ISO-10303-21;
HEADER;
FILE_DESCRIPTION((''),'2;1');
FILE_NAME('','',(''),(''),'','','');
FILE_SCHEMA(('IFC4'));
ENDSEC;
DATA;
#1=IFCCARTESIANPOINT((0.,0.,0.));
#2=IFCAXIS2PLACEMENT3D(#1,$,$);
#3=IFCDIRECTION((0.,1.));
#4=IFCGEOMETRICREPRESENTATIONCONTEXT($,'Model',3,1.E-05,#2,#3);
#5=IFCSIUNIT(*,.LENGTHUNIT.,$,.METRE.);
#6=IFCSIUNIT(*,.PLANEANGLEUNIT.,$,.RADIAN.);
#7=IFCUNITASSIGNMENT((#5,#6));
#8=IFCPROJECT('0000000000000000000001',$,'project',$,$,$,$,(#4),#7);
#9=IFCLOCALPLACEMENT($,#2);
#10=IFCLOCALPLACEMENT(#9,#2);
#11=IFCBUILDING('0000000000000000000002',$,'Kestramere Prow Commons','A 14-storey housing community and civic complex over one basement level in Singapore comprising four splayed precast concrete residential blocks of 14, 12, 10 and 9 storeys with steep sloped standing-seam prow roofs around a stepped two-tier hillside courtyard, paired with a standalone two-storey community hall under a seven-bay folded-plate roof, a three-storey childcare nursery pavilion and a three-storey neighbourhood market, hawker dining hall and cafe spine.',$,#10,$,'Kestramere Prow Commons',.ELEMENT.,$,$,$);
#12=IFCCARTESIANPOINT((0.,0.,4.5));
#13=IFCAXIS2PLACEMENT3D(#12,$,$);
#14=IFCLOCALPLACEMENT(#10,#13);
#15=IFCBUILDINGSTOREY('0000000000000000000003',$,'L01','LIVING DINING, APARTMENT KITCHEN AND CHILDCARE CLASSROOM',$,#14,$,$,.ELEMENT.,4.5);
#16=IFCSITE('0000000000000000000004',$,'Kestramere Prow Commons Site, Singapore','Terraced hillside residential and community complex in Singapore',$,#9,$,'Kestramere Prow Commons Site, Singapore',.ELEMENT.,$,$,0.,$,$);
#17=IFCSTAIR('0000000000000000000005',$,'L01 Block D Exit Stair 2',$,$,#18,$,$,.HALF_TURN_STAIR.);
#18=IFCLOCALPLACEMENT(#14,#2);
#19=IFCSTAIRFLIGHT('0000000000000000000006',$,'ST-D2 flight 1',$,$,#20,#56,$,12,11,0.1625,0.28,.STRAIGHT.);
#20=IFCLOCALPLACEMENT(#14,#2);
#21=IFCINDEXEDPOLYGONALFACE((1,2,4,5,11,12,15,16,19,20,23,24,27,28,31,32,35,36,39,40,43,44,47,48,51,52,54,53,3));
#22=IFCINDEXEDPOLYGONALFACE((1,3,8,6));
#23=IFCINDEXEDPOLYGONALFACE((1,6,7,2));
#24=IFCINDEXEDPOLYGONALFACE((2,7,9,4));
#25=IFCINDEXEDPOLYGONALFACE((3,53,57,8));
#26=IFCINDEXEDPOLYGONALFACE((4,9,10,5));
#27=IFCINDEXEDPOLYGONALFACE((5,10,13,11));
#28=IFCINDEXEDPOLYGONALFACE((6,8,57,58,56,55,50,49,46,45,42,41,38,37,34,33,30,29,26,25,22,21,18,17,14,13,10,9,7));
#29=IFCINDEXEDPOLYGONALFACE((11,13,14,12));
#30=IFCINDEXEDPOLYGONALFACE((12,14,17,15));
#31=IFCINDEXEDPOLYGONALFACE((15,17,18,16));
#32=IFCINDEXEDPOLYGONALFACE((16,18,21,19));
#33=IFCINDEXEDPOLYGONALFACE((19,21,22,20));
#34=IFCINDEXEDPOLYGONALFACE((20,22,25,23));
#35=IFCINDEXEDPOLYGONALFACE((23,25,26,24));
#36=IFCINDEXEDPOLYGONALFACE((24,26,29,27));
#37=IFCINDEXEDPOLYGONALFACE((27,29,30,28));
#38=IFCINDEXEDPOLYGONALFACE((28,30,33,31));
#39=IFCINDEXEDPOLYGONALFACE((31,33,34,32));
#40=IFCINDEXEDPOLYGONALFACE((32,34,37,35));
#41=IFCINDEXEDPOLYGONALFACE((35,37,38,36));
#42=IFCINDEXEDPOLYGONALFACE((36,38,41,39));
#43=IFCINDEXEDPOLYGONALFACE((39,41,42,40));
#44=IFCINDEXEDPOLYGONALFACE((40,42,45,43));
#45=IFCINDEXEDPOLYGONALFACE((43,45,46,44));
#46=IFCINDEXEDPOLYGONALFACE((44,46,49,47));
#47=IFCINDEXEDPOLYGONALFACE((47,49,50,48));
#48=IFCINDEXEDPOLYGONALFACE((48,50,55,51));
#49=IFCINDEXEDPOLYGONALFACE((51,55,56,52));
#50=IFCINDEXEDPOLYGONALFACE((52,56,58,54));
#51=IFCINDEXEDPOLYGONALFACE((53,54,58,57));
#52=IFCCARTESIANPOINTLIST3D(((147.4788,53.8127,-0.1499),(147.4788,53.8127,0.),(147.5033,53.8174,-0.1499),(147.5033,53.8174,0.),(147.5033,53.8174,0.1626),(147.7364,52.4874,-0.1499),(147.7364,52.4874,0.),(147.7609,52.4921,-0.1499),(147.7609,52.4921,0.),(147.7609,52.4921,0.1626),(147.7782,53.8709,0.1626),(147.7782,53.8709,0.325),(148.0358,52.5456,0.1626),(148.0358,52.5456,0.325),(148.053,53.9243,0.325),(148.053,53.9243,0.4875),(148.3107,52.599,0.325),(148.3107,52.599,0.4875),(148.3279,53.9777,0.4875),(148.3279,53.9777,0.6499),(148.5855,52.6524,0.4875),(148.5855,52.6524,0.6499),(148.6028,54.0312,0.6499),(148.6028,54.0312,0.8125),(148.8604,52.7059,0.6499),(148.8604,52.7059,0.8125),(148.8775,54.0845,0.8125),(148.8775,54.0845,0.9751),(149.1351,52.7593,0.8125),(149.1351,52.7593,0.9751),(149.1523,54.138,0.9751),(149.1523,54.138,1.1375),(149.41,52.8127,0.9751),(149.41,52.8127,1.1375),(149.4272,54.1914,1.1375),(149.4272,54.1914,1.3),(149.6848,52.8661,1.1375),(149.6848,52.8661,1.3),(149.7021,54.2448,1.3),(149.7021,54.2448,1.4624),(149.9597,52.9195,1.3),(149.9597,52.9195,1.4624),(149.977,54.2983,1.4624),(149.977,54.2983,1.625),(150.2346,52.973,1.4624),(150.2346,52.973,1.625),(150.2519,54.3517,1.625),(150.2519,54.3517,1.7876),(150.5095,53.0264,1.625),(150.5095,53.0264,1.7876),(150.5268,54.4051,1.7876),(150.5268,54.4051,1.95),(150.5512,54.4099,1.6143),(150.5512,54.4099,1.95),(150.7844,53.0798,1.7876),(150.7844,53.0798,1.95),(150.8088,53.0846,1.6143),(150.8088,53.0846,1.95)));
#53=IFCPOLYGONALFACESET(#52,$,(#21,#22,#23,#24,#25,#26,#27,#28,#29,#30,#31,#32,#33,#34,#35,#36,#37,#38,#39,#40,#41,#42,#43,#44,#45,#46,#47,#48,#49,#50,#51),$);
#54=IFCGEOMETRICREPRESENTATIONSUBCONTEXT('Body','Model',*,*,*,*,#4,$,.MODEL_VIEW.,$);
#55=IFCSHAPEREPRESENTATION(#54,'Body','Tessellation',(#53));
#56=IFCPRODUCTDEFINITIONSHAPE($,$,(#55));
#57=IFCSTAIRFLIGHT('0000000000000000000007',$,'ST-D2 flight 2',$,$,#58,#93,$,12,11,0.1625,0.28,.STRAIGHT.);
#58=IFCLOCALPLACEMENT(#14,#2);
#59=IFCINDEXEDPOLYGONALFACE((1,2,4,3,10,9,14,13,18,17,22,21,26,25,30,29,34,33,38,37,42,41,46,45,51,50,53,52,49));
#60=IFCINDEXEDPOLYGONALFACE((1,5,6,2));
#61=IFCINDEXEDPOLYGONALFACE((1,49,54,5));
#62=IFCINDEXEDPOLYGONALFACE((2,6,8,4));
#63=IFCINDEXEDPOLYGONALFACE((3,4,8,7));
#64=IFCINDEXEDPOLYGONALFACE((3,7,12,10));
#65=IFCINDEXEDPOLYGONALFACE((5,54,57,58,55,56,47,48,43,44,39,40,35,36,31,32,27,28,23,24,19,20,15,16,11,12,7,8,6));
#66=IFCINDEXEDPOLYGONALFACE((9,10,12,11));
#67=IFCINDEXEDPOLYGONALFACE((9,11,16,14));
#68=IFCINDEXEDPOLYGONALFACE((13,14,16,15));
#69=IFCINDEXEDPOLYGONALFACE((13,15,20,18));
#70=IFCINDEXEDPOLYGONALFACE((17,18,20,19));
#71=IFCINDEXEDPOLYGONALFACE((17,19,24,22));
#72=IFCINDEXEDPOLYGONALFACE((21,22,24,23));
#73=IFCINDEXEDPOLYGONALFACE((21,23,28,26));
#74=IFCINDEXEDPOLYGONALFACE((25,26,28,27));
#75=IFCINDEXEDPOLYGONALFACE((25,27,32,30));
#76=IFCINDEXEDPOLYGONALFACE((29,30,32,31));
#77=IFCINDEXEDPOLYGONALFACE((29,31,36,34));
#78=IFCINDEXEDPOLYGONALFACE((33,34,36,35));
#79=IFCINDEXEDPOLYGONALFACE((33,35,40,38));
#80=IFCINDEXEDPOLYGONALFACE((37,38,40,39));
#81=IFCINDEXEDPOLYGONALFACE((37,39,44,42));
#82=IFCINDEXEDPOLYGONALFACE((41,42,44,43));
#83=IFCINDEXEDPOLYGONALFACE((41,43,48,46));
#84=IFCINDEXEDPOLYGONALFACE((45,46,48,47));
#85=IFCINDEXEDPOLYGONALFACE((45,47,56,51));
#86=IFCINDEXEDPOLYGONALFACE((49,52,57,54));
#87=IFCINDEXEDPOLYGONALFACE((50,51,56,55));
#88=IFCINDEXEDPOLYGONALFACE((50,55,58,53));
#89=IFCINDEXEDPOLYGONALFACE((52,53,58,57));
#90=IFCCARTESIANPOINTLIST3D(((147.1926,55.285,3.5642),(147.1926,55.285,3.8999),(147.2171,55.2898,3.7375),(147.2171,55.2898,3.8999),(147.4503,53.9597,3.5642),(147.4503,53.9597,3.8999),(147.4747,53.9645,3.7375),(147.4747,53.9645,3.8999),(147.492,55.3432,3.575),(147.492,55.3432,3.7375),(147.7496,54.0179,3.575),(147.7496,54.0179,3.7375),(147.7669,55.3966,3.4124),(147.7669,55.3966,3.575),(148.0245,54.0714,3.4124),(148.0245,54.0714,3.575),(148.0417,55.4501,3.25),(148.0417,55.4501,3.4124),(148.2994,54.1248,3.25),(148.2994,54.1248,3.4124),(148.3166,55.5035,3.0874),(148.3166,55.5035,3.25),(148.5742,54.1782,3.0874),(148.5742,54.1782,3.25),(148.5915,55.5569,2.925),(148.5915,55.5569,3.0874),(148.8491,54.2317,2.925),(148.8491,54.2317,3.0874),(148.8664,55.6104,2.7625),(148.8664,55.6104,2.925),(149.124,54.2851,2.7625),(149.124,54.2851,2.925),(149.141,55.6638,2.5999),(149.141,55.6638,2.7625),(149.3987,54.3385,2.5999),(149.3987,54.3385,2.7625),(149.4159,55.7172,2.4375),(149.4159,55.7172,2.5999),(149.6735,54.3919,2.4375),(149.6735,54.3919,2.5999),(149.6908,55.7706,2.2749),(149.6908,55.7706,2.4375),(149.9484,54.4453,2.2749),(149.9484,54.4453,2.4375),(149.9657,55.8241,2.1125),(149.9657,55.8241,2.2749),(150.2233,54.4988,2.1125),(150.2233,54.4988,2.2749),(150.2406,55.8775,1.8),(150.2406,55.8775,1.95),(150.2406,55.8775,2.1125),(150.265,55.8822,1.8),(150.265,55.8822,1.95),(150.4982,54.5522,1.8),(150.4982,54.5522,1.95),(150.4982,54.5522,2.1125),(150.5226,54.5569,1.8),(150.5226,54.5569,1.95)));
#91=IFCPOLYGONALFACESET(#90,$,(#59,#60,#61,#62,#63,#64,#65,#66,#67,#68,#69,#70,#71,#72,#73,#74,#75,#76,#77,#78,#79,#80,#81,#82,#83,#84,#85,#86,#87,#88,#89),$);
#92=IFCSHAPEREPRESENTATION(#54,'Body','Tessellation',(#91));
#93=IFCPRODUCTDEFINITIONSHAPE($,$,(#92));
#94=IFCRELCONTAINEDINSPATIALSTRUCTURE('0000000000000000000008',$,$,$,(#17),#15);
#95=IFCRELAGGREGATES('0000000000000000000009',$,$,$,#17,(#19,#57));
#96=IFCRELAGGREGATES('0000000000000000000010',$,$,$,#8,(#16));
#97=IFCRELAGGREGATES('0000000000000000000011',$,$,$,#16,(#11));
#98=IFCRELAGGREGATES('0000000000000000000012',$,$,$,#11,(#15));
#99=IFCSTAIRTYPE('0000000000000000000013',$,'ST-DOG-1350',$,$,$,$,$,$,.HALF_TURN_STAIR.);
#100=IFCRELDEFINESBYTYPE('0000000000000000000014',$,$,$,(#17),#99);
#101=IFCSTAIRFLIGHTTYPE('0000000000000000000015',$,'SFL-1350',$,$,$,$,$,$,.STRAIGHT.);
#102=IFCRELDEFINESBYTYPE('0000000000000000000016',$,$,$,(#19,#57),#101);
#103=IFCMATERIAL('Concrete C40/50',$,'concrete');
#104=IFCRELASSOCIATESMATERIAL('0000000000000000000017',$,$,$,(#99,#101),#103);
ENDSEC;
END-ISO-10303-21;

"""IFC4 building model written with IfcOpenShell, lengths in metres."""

from ifc_helpers import new_model, si_unit, direction, frame, origin, place, context, subcontext, project, spatial, polyline, outline, extrude, material, type_object, element, aggregate, save


model = new_model("IFC4")

# Units and contexts
model_context = context("Model", 3, precision=1e-05, world=origin(), true_north=direction((0.0, 1.0)))
body_context = subcontext(model_context, "Body", "Model", "MODEL_VIEW")
ifc_project = project(units=[si_unit("LENGTHUNIT", "METRE"), si_unit("PLANEANGLEUNIT", "RADIAN")], contexts=[model_context])

# Site, building, storey
site_placement = place(None, origin())
site = spatial("IfcSite", under=ifc_project, at=site_placement, Name="Kestramere Prow Commons Site, Singapore", Description="Terraced hillside residential and community complex in Singapore", LongName="Kestramere Prow Commons Site, Singapore", CompositionType="ELEMENT", RefElevation=0.0)
building_placement = place(site_placement, origin())
building = spatial("IfcBuilding", under=site, at=building_placement, Name="Kestramere Prow Commons", Description="A 14-storey housing community and civic complex over one basement level in Singapore comprising four splayed precast concrete residential blocks of 14, 12, 10 and 9 storeys with steep sloped standing-seam prow roofs around a stepped two-tier hillside courtyard, paired with a standalone two-storey community hall under a seven-bay folded-plate roof, a three-storey childcare nursery pavilion and a three-storey neighbourhood market, hawker dining hall and cafe spine.", LongName="Kestramere Prow Commons", CompositionType="ELEMENT")
storey_placement = place(building_placement, frame((0.0, 0.0, 4.5)))
storey = spatial("IfcBuildingStorey", under=building, at=storey_placement, Name="L01", Description="LIVING DINING, APARTMENT KITCHEN AND CHILDCARE CLASSROOM", CompositionType="ELEMENT", Elevation=4.5)

# Shared definitions
ifc_material_1 = material(Name="Concrete C40/50", Category="concrete")

# Stair, stair flights
stair_type = type_object("IfcStairType", Name="ST-DOG-1350", PredefinedType="HALF_TURN_STAIR", material=ifc_material_1)
stair_placement = place(storey_placement, origin())
stair = element("IfcStair", 1, at=stair_placement, inside=storey, type_object=stair_type, Name="L01 Block D Exit Stair 2", PredefinedType="HALF_TURN_STAIR")
stair_flight_type = type_object("IfcStairFlightType", Name="SFL-1350", PredefinedType="STRAIGHT", material=ifc_material_1)
stair_flight_1_placement = place(storey_placement, frame((147.6321, 53.1548, 0.0), z_axis=(0.0, 0.0, 1.0), x_axis=(0.981627, 0.190809, 0.0)))
stair_flight_1 = element("IfcStairFlight", 2, at=stair_flight_1_placement, type_object=stair_flight_type, Name="ST-D2 flight 1", NumberOfRisers=12, NumberOfTreads=11, PredefinedType="STRAIGHT", RiserHeight=0.1625, TreadLength=0.28, context=body_context, shape_type="SweptSolid", body=[
    extrude(outline(polyline([(-0.0249, 0.0), (0.0, 0.0), (0.0, 0.1626), (0.28, 0.1626), (0.28, 0.325), (0.5601, 0.325), (0.5601, 0.4875), (0.8401, 0.4875), (0.8401, 0.6499), (1.1201, 0.6499), (1.1201, 0.8125), (1.3999, 0.8125), (1.3999, 0.9751), (1.6799, 0.9751), (1.6799, 1.1375), (1.96, 1.1375), (1.96, 1.3), (2.24, 1.3), (2.24, 1.4624), (2.52, 1.4624), (2.52, 1.625), (2.8, 1.625), (2.8, 1.7876), (3.0801, 1.7876), (3.0801, 1.95), (3.105, 1.95), (3.105, 1.6143), (0.0, -0.1499), (-0.0249, -0.1499), (-0.0249, 0.0)])), frame((0.0, 0.675, 0.0), z_axis=(0.0, -1.0, 0.0), x_axis=(1.0, 0.0, 0.0)), (0.0, 0.0, 1.0), 1.3501),
])
stair_flight_2_placement = place(storey_placement, frame((150.3694, 55.2148, 1.95), z_axis=(0.0, 0.0, 1.0), x_axis=(-0.981627, -0.190809, 0.0)))
stair_flight_2 = element("IfcStairFlight", 3, at=stair_flight_2_placement, type_object=stair_flight_type, Name="ST-D2 flight 2", NumberOfRisers=12, NumberOfTreads=11, PredefinedType="STRAIGHT", RiserHeight=0.1625, TreadLength=0.28, context=body_context, shape_type="SweptSolid", body=[
    extrude(outline(polyline([(-0.0249, 0.0), (0.0, 0.0), (0.0, 0.1626), (0.28, 0.1626), (0.28, 0.325), (0.5601, 0.325), (0.5601, 0.4875), (0.8401, 0.4875), (0.8401, 0.6499), (1.1201, 0.6499), (1.1201, 0.8125), (1.3999, 0.8125), (1.3999, 0.9751), (1.6799, 0.9751), (1.6799, 1.1375), (1.96, 1.1375), (1.96, 1.3), (2.24, 1.3), (2.24, 1.4624), (2.52, 1.4624), (2.52, 1.625), (2.8, 1.625), (2.8, 1.7876), (3.0801, 1.7876), (3.0801, 1.95), (3.105, 1.95), (3.105, 1.6143), (0.0, -0.1499), (-0.0249, -0.1499), (-0.0249, 0.0)])), frame((0.0, 0.675, 0.0), z_axis=(0.0, -1.0, 0.0), x_axis=(1.0, 0.0, 0.0)), (0.0, 0.0, 1.0), 1.3501),
])
aggregate(stair, [stair_flight_1, stair_flight_2])

save(model, "model.ifc")
